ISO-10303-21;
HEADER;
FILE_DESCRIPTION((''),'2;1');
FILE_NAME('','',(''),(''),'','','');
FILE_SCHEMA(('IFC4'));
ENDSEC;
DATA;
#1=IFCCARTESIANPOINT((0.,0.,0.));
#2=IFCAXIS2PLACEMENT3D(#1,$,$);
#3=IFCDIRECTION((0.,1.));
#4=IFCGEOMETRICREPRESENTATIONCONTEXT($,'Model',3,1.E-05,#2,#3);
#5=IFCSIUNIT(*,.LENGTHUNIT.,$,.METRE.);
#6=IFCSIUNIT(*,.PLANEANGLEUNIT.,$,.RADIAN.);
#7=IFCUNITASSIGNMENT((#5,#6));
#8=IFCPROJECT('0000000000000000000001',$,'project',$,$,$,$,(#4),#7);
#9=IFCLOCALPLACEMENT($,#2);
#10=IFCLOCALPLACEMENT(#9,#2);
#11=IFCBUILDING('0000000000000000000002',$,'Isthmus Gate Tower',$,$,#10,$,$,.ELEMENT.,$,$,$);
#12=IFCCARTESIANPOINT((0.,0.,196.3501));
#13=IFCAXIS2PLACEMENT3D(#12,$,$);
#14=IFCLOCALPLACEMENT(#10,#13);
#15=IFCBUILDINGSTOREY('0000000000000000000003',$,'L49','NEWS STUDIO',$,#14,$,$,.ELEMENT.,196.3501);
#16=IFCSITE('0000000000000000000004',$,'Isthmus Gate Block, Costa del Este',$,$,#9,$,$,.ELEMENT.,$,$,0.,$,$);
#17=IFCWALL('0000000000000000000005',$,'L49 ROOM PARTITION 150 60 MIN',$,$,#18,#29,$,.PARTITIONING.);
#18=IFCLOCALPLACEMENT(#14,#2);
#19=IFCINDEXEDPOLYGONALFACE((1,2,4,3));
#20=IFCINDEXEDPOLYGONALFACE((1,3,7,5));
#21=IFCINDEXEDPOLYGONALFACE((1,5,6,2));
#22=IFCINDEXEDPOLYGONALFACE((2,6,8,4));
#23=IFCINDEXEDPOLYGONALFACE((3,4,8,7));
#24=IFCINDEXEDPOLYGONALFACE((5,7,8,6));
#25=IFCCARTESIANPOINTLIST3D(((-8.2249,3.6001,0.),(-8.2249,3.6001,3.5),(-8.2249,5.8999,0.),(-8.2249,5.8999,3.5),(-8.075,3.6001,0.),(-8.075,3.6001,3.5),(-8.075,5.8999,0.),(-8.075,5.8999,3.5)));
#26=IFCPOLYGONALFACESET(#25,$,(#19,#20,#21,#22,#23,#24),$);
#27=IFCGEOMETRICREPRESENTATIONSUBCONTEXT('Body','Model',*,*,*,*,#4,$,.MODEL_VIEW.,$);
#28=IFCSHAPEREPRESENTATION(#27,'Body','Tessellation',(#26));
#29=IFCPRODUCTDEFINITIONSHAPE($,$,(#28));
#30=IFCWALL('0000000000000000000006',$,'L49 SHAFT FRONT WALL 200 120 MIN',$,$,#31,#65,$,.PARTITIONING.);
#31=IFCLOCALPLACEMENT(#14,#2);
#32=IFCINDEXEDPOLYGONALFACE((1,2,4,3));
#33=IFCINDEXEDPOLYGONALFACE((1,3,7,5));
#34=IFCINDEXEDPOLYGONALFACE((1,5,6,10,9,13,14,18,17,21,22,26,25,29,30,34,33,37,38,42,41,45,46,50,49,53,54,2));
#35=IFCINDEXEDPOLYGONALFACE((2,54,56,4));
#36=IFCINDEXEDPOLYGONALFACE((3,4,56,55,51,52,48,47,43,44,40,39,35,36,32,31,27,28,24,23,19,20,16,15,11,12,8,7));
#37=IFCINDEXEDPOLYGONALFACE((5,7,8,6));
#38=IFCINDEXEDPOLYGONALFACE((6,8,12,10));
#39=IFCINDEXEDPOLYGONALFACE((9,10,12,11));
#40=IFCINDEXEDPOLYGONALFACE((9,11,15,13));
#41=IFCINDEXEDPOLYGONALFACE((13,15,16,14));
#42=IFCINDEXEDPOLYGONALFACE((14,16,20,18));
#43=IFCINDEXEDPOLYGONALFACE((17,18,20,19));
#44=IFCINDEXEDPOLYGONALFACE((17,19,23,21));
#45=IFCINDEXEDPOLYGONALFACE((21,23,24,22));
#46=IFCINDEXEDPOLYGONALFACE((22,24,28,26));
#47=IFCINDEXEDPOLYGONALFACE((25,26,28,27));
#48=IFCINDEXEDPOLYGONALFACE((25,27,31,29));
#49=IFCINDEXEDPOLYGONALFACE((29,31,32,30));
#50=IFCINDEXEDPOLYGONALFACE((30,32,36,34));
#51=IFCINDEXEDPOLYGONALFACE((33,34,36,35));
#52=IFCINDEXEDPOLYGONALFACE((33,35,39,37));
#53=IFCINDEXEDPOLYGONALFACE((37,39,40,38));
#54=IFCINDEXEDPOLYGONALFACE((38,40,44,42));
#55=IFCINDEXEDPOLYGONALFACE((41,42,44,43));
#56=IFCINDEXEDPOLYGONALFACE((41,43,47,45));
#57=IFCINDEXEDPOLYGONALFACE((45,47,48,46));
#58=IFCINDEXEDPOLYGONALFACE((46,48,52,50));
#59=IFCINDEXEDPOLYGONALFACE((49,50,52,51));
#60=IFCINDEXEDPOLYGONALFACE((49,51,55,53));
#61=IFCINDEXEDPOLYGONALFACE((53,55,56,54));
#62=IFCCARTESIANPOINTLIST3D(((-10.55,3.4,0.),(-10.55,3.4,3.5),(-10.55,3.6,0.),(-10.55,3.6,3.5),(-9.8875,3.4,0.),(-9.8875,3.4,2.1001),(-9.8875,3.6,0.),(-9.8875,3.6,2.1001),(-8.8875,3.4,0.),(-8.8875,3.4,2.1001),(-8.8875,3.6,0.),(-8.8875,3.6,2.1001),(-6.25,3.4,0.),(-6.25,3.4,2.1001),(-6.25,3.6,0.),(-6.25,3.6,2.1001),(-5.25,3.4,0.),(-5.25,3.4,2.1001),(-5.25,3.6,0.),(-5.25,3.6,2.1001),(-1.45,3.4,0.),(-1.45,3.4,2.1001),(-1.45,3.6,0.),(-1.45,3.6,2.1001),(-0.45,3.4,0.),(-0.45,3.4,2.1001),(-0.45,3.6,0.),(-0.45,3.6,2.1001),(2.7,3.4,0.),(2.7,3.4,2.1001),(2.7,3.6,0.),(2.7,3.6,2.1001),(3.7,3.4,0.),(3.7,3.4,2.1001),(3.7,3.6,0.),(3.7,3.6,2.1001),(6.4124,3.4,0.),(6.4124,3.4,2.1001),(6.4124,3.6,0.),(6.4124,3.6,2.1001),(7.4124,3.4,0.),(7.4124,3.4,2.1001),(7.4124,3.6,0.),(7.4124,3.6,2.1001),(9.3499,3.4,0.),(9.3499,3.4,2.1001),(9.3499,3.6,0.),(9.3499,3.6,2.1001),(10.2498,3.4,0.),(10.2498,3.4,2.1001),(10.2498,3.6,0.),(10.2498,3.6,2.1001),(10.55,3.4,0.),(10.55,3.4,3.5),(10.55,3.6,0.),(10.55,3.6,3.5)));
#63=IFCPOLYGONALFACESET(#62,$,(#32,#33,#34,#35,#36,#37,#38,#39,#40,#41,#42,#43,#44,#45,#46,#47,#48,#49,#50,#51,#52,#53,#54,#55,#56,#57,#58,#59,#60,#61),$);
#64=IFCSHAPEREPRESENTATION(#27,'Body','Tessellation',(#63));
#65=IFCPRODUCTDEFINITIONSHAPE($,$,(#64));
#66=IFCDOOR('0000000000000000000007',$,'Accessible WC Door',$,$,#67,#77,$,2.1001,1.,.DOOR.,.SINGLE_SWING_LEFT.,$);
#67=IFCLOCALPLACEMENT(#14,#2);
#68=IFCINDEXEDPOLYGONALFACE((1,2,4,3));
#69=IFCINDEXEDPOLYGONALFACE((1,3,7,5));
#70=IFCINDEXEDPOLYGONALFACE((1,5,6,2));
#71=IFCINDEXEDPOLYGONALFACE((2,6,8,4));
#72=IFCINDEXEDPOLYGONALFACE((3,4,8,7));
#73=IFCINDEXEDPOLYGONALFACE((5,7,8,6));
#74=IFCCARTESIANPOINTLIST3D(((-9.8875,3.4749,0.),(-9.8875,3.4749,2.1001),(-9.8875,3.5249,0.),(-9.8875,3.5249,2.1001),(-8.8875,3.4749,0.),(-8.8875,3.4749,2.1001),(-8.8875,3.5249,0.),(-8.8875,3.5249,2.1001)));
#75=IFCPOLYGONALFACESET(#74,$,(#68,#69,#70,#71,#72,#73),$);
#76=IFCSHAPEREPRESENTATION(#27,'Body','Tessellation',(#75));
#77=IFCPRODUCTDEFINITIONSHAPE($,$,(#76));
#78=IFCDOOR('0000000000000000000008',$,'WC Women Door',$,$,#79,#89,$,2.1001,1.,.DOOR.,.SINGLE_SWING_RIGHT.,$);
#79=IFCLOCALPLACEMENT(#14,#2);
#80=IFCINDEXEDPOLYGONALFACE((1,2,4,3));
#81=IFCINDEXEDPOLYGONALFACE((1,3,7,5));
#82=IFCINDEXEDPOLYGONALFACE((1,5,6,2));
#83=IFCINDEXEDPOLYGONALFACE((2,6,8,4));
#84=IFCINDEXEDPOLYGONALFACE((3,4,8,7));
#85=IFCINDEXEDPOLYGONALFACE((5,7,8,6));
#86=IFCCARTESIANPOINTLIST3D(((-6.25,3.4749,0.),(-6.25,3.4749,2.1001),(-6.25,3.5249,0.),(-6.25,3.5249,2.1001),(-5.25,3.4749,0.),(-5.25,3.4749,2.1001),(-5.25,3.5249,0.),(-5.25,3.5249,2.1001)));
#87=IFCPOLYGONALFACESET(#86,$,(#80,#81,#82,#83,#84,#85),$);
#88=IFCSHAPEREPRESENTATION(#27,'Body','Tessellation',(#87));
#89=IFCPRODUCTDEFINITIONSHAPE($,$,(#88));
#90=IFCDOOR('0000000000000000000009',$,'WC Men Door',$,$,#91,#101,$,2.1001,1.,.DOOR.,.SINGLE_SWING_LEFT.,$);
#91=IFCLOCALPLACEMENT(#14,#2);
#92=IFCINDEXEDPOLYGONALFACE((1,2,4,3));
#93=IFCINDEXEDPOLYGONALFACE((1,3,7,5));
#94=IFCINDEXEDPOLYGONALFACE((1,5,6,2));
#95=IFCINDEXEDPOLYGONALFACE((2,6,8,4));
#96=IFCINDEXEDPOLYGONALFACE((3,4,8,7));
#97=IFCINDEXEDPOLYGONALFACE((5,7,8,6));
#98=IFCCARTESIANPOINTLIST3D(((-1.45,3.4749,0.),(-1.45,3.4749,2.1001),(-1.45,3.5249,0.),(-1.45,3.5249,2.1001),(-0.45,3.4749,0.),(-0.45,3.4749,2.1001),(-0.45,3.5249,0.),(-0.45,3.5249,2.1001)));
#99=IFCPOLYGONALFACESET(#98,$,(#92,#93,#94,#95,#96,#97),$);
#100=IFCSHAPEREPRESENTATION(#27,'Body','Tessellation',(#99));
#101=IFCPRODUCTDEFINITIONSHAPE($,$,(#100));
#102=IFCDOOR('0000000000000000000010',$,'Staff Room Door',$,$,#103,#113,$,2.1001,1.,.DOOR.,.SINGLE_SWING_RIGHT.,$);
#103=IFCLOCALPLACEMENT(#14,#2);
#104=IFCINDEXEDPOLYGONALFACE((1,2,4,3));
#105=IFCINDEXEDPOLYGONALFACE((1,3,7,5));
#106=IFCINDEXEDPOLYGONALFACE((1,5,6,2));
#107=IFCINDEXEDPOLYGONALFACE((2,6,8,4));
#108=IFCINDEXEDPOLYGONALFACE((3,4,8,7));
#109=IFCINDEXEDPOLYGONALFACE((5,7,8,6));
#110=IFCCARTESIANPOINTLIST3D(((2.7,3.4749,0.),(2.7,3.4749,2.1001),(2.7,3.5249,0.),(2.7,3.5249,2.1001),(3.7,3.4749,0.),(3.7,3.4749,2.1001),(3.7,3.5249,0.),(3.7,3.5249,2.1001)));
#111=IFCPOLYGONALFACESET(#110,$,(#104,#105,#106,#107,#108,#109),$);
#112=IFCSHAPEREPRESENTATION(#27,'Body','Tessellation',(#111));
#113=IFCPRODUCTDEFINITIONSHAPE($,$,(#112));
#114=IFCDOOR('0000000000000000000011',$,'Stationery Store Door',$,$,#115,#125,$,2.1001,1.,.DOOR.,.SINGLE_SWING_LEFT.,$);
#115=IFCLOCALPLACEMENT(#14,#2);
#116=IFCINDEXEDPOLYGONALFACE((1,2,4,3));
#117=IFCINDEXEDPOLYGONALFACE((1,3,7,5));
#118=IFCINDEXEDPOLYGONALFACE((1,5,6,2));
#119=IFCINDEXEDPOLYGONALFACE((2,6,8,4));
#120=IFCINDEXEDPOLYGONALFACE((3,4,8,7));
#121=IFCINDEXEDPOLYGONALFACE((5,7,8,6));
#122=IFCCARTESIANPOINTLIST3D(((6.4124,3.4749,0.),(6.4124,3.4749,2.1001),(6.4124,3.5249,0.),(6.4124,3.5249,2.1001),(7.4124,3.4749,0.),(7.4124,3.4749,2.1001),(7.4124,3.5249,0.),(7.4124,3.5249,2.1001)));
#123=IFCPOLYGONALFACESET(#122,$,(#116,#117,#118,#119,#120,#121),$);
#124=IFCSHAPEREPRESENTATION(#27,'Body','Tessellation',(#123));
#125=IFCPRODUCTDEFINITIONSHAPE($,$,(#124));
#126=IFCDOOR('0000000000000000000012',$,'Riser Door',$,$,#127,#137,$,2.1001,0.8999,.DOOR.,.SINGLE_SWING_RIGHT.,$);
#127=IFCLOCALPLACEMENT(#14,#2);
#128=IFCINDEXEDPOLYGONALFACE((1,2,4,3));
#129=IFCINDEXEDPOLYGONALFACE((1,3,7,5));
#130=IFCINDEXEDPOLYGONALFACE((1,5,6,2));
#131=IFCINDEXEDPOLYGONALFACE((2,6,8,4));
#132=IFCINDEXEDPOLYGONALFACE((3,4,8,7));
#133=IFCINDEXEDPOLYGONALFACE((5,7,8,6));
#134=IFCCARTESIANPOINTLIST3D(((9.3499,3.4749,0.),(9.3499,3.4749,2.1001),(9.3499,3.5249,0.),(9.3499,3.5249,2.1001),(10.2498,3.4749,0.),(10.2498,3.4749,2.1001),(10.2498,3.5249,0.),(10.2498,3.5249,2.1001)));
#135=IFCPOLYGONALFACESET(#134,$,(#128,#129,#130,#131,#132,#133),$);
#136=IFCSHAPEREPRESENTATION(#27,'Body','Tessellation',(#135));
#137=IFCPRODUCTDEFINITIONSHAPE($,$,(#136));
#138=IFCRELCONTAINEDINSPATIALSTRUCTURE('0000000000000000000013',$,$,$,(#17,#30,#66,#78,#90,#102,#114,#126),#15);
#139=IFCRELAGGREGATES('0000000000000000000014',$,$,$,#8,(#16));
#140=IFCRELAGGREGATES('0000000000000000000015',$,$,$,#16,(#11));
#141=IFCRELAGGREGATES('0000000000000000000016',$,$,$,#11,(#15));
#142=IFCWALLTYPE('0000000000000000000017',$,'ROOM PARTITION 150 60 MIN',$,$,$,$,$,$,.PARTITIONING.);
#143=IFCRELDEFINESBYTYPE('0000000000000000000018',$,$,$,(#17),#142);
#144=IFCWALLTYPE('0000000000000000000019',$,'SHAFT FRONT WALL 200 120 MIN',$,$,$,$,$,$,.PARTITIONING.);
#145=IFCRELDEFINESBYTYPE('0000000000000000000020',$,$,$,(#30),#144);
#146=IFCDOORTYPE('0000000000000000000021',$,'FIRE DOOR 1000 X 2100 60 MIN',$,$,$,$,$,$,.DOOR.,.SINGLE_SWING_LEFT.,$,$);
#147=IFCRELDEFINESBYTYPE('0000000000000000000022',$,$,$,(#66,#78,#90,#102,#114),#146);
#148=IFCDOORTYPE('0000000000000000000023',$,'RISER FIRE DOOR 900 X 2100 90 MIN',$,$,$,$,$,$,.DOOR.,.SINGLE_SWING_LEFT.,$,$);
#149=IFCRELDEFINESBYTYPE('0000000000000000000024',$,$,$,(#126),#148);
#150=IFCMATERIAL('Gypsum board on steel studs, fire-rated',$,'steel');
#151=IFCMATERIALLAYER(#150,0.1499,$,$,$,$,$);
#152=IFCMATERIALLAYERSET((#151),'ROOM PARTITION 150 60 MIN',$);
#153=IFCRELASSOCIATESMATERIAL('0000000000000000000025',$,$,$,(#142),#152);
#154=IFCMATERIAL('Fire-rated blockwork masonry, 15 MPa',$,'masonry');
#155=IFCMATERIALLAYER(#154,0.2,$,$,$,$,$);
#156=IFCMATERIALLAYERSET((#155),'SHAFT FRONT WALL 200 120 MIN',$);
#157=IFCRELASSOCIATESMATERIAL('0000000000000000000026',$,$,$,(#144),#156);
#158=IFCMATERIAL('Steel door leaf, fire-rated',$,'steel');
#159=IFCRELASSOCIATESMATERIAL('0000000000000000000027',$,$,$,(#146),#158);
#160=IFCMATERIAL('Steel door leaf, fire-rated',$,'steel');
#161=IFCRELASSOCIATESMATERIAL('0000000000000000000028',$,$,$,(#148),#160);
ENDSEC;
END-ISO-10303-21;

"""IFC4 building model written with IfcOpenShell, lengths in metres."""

from ifc_helpers import new_model, si_unit, direction, frame, frame_2d, origin, place, context, subcontext, project, spatial, rectangle, extrude, material, layer, layer_set, type_object, element, fill, save


model = new_model("IFC4")

# Units and contexts
model_context = context("Model", 3, precision=1e-05, world=origin(), true_north=direction((0.0, 1.0)))
body_context = subcontext(model_context, "Body", "Model", "MODEL_VIEW")
ifc_project = project(units=[si_unit("LENGTHUNIT", "METRE"), si_unit("PLANEANGLEUNIT", "RADIAN")], contexts=[model_context])

# Site, building, storey
site_placement = place(None, origin())
site = spatial("IfcSite", under=ifc_project, at=site_placement, Name="Isthmus Gate Block, Costa del Este", CompositionType="ELEMENT", RefElevation=0.0)
building_placement = place(site_placement, origin())
building = spatial("IfcBuilding", under=site, at=building_placement, Name="Isthmus Gate Tower", CompositionType="ELEMENT")
storey_placement = place(building_placement, frame((0.0, 0.0, 196.3501)))
storey = spatial("IfcBuildingStorey", under=building, at=storey_placement, Name="L49", Description="NEWS STUDIO", CompositionType="ELEMENT", Elevation=196.3501)

# Wall
ifc_material_1 = material(Name="Gypsum board on steel studs, fire-rated", Category="steel")
ifc_layer_1 = layer(ifc_material_1, 0.1499)
ifc_layer_set_1 = layer_set([ifc_layer_1], Name="ROOM PARTITION 150 60 MIN")
wall_type_1 = type_object("IfcWallType", Name="ROOM PARTITION 150 60 MIN", PredefinedType="PARTITIONING", material=ifc_layer_set_1)
wall_1_placement = place(storey_placement, frame((-8.1499, 3.6001, 0.0), z_axis=(0.0, 0.0, 1.0), x_axis=(0.0, 1.0, 0.0)))
element("IfcWall", 1, at=wall_1_placement, inside=storey, type_object=wall_type_1, Name="L49 ROOM PARTITION 150 60 MIN", PredefinedType="PARTITIONING", context=body_context, shape_type="SweptSolid", body=[
    extrude(rectangle(XDim=2.2998, YDim=0.1499, at=frame_2d((1.1499, 0.0))), origin(), (0.0, 0.0, 1.0), 3.5),
])

# Wall, openings, doors
ifc_material_2 = material(Name="Fire-rated blockwork masonry, 15 MPa", Category="masonry")
ifc_layer_2 = layer(ifc_material_2, 0.2)
ifc_layer_set_2 = layer_set([ifc_layer_2], Name="SHAFT FRONT WALL 200 120 MIN")
wall_type_2 = type_object("IfcWallType", Name="SHAFT FRONT WALL 200 120 MIN", PredefinedType="PARTITIONING", material=ifc_layer_set_2)
wall_2_placement = place(storey_placement, frame((-10.55, 3.5, 0.0), z_axis=(0.0, 0.0, 1.0), x_axis=(1.0, 0.0, 0.0)))
wall_2 = element("IfcWall", 2, at=wall_2_placement, inside=storey, type_object=wall_type_2, Name="L49 SHAFT FRONT WALL 200 120 MIN", PredefinedType="PARTITIONING", context=body_context, shape_type="SweptSolid", body=[
    extrude(rectangle(XDim=21.1001, YDim=0.2, at=frame_2d((10.55, 0.0))), origin(), (0.0, 0.0, 1.0), 3.5),
])
opening_1_placement = place(wall_2_placement, frame((0.6626, 0.0, 0.0)))
opening_1 = element("IfcOpeningElement", 3, at=opening_1_placement, cuts=wall_2, PredefinedType="OPENING", context=body_context, shape_type="SweptSolid", body=[
    extrude(rectangle(XDim=1.0, YDim=2.1001, at=frame_2d((0.5, 1.05))), frame((0.0, 0.1099, 0.0), z_axis=(0.0, -1.0, 0.0), x_axis=(1.0, 0.0, 0.0)), (0.0, 0.0, 1.0), 0.22),
])
opening_2_placement = place(wall_2_placement, frame((4.3, 0.0, 0.0)))
opening_2 = element("IfcOpeningElement", 4, at=opening_2_placement, cuts=wall_2, PredefinedType="OPENING", context=body_context, shape_type="SweptSolid", body=[
    extrude(rectangle(XDim=1.0, YDim=2.1001, at=frame_2d((0.5, 1.05))), frame((0.0, 0.1099, 0.0), z_axis=(0.0, -1.0, 0.0), x_axis=(1.0, 0.0, 0.0)), (0.0, 0.0, 1.0), 0.22),
])
opening_3_placement = place(wall_2_placement, frame((9.1001, 0.0, 0.0)))
opening_3 = element("IfcOpeningElement", 5, at=opening_3_placement, cuts=wall_2, PredefinedType="OPENING", context=body_context, shape_type="SweptSolid", body=[
    extrude(rectangle(XDim=1.0, YDim=2.1001, at=frame_2d((0.5, 1.05))), frame((0.0, 0.1099, 0.0), z_axis=(0.0, -1.0, 0.0), x_axis=(1.0, 0.0, 0.0)), (0.0, 0.0, 1.0), 0.22),
])
opening_4_placement = place(wall_2_placement, frame((13.25, 0.0, 0.0)))
opening_4 = element("IfcOpeningElement", 6, at=opening_4_placement, cuts=wall_2, PredefinedType="OPENING", context=body_context, shape_type="SweptSolid", body=[
    extrude(rectangle(XDim=1.0, YDim=2.1001, at=frame_2d((0.5, 1.05))), frame((0.0, 0.1099, 0.0), z_axis=(0.0, -1.0, 0.0), x_axis=(1.0, 0.0, 0.0)), (0.0, 0.0, 1.0), 0.22),
])
opening_5_placement = place(wall_2_placement, frame((16.9624, 0.0, 0.0)))
opening_5 = element("IfcOpeningElement", 7, at=opening_5_placement, cuts=wall_2, PredefinedType="OPENING", context=body_context, shape_type="SweptSolid", body=[
    extrude(rectangle(XDim=1.0, YDim=2.1001, at=frame_2d((0.5, 1.05))), frame((0.0, 0.1099, 0.0), z_axis=(0.0, -1.0, 0.0), x_axis=(1.0, 0.0, 0.0)), (0.0, 0.0, 1.0), 0.22),
])
opening_6_placement = place(wall_2_placement, frame((19.8999, 0.0, 0.0)))
opening_6 = element("IfcOpeningElement", 8, at=opening_6_placement, cuts=wall_2, PredefinedType="OPENING", context=body_context, shape_type="SweptSolid", body=[
    extrude(rectangle(XDim=0.8999, YDim=2.1001, at=frame_2d((0.45, 1.05))), frame((0.0, 0.1099, 0.0), z_axis=(0.0, -1.0, 0.0), x_axis=(1.0, 0.0, 0.0)), (0.0, 0.0, 1.0), 0.22),
])
ifc_material_3 = material(Name="Steel door leaf, fire-rated", Category="steel")
door_type_1 = type_object("IfcDoorType", Name="FIRE DOOR 1000 X 2100 60 MIN", OperationType="SINGLE_SWING_LEFT", PredefinedType="DOOR", material=ifc_material_3)
door_1_placement = place(opening_1_placement, origin())
door_1 = element("IfcDoor", 9, at=door_1_placement, inside=storey, type_object=door_type_1, Name="Accessible WC Door", OperationType="SINGLE_SWING_LEFT", OverallHeight=2.1001, OverallWidth=1.0, PredefinedType="DOOR", context=body_context, shape_type="SweptSolid", body=[
    extrude(rectangle(XDim=1.0, YDim=2.1001, at=frame_2d((0.5, 1.05))), frame((0.0, 0.0249, 0.0), z_axis=(0.0, -1.0, 0.0), x_axis=(1.0, 0.0, 0.0)), (0.0, 0.0, 1.0), 0.05),
])
fill(opening_1, door_1)
door_2_placement = place(opening_2_placement, origin())
door_2 = element("IfcDoor", 10, at=door_2_placement, inside=storey, type_object=door_type_1, Name="WC Women Door", OperationType="SINGLE_SWING_RIGHT", OverallHeight=2.1001, OverallWidth=1.0, PredefinedType="DOOR", context=body_context, shape_type="SweptSolid", body=[
    extrude(rectangle(XDim=1.0, YDim=2.1001, at=frame_2d((0.5, 1.05))), frame((0.0, 0.0249, 0.0), z_axis=(0.0, -1.0, 0.0), x_axis=(1.0, 0.0, 0.0)), (0.0, 0.0, 1.0), 0.05),
])
fill(opening_2, door_2)
door_3_placement = place(opening_3_placement, origin())
door_3 = element("IfcDoor", 11, at=door_3_placement, inside=storey, type_object=door_type_1, Name="WC Men Door", OperationType="SINGLE_SWING_LEFT", OverallHeight=2.1001, OverallWidth=1.0, PredefinedType="DOOR", context=body_context, shape_type="SweptSolid", body=[
    extrude(rectangle(XDim=1.0, YDim=2.1001, at=frame_2d((0.5, 1.05))), frame((0.0, 0.0249, 0.0), z_axis=(0.0, -1.0, 0.0), x_axis=(1.0, 0.0, 0.0)), (0.0, 0.0, 1.0), 0.05),
])
fill(opening_3, door_3)
door_4_placement = place(opening_4_placement, origin())
door_4 = element("IfcDoor", 12, at=door_4_placement, inside=storey, type_object=door_type_1, Name="Staff Room Door", OperationType="SINGLE_SWING_RIGHT", OverallHeight=2.1001, OverallWidth=1.0, PredefinedType="DOOR", context=body_context, shape_type="SweptSolid", body=[
    extrude(rectangle(XDim=1.0, YDim=2.1001, at=frame_2d((0.5, 1.05))), frame((0.0, 0.0249, 0.0), z_axis=(0.0, -1.0, 0.0), x_axis=(1.0, 0.0, 0.0)), (0.0, 0.0, 1.0), 0.05),
])
fill(opening_4, door_4)
door_5_placement = place(opening_5_placement, origin())
door_5 = element("IfcDoor", 13, at=door_5_placement, inside=storey, type_object=door_type_1, Name="Stationery Store Door", OperationType="SINGLE_SWING_LEFT", OverallHeight=2.1001, OverallWidth=1.0, PredefinedType="DOOR", context=body_context, shape_type="SweptSolid", body=[
    extrude(rectangle(XDim=1.0, YDim=2.1001, at=frame_2d((0.5, 1.05))), frame((0.0, 0.0249, 0.0), z_axis=(0.0, -1.0, 0.0), x_axis=(1.0, 0.0, 0.0)), (0.0, 0.0, 1.0), 0.05),
])
fill(opening_5, door_5)
ifc_material_4 = material(Name="Steel door leaf, fire-rated", Category="steel")
door_type_2 = type_object("IfcDoorType", Name="RISER FIRE DOOR 900 X 2100 90 MIN", OperationType="SINGLE_SWING_LEFT", PredefinedType="DOOR", material=ifc_material_4)
door_6_placement = place(opening_6_placement, origin())
door_6 = element("IfcDoor", 14, at=door_6_placement, inside=storey, type_object=door_type_2, Name="Riser Door", OperationType="SINGLE_SWING_RIGHT", OverallHeight=2.1001, OverallWidth=0.8999, PredefinedType="DOOR", context=body_context, shape_type="SweptSolid", body=[
    extrude(rectangle(XDim=0.8999, YDim=2.1001, at=frame_2d((0.45, 1.05))), frame((0.0, 0.0249, 0.0), z_axis=(0.0, -1.0, 0.0), x_axis=(1.0, 0.0, 0.0)), (0.0, 0.0, 1.0), 0.05),
])
fill(opening_6, door_6)

save(model, "model.ifc")
